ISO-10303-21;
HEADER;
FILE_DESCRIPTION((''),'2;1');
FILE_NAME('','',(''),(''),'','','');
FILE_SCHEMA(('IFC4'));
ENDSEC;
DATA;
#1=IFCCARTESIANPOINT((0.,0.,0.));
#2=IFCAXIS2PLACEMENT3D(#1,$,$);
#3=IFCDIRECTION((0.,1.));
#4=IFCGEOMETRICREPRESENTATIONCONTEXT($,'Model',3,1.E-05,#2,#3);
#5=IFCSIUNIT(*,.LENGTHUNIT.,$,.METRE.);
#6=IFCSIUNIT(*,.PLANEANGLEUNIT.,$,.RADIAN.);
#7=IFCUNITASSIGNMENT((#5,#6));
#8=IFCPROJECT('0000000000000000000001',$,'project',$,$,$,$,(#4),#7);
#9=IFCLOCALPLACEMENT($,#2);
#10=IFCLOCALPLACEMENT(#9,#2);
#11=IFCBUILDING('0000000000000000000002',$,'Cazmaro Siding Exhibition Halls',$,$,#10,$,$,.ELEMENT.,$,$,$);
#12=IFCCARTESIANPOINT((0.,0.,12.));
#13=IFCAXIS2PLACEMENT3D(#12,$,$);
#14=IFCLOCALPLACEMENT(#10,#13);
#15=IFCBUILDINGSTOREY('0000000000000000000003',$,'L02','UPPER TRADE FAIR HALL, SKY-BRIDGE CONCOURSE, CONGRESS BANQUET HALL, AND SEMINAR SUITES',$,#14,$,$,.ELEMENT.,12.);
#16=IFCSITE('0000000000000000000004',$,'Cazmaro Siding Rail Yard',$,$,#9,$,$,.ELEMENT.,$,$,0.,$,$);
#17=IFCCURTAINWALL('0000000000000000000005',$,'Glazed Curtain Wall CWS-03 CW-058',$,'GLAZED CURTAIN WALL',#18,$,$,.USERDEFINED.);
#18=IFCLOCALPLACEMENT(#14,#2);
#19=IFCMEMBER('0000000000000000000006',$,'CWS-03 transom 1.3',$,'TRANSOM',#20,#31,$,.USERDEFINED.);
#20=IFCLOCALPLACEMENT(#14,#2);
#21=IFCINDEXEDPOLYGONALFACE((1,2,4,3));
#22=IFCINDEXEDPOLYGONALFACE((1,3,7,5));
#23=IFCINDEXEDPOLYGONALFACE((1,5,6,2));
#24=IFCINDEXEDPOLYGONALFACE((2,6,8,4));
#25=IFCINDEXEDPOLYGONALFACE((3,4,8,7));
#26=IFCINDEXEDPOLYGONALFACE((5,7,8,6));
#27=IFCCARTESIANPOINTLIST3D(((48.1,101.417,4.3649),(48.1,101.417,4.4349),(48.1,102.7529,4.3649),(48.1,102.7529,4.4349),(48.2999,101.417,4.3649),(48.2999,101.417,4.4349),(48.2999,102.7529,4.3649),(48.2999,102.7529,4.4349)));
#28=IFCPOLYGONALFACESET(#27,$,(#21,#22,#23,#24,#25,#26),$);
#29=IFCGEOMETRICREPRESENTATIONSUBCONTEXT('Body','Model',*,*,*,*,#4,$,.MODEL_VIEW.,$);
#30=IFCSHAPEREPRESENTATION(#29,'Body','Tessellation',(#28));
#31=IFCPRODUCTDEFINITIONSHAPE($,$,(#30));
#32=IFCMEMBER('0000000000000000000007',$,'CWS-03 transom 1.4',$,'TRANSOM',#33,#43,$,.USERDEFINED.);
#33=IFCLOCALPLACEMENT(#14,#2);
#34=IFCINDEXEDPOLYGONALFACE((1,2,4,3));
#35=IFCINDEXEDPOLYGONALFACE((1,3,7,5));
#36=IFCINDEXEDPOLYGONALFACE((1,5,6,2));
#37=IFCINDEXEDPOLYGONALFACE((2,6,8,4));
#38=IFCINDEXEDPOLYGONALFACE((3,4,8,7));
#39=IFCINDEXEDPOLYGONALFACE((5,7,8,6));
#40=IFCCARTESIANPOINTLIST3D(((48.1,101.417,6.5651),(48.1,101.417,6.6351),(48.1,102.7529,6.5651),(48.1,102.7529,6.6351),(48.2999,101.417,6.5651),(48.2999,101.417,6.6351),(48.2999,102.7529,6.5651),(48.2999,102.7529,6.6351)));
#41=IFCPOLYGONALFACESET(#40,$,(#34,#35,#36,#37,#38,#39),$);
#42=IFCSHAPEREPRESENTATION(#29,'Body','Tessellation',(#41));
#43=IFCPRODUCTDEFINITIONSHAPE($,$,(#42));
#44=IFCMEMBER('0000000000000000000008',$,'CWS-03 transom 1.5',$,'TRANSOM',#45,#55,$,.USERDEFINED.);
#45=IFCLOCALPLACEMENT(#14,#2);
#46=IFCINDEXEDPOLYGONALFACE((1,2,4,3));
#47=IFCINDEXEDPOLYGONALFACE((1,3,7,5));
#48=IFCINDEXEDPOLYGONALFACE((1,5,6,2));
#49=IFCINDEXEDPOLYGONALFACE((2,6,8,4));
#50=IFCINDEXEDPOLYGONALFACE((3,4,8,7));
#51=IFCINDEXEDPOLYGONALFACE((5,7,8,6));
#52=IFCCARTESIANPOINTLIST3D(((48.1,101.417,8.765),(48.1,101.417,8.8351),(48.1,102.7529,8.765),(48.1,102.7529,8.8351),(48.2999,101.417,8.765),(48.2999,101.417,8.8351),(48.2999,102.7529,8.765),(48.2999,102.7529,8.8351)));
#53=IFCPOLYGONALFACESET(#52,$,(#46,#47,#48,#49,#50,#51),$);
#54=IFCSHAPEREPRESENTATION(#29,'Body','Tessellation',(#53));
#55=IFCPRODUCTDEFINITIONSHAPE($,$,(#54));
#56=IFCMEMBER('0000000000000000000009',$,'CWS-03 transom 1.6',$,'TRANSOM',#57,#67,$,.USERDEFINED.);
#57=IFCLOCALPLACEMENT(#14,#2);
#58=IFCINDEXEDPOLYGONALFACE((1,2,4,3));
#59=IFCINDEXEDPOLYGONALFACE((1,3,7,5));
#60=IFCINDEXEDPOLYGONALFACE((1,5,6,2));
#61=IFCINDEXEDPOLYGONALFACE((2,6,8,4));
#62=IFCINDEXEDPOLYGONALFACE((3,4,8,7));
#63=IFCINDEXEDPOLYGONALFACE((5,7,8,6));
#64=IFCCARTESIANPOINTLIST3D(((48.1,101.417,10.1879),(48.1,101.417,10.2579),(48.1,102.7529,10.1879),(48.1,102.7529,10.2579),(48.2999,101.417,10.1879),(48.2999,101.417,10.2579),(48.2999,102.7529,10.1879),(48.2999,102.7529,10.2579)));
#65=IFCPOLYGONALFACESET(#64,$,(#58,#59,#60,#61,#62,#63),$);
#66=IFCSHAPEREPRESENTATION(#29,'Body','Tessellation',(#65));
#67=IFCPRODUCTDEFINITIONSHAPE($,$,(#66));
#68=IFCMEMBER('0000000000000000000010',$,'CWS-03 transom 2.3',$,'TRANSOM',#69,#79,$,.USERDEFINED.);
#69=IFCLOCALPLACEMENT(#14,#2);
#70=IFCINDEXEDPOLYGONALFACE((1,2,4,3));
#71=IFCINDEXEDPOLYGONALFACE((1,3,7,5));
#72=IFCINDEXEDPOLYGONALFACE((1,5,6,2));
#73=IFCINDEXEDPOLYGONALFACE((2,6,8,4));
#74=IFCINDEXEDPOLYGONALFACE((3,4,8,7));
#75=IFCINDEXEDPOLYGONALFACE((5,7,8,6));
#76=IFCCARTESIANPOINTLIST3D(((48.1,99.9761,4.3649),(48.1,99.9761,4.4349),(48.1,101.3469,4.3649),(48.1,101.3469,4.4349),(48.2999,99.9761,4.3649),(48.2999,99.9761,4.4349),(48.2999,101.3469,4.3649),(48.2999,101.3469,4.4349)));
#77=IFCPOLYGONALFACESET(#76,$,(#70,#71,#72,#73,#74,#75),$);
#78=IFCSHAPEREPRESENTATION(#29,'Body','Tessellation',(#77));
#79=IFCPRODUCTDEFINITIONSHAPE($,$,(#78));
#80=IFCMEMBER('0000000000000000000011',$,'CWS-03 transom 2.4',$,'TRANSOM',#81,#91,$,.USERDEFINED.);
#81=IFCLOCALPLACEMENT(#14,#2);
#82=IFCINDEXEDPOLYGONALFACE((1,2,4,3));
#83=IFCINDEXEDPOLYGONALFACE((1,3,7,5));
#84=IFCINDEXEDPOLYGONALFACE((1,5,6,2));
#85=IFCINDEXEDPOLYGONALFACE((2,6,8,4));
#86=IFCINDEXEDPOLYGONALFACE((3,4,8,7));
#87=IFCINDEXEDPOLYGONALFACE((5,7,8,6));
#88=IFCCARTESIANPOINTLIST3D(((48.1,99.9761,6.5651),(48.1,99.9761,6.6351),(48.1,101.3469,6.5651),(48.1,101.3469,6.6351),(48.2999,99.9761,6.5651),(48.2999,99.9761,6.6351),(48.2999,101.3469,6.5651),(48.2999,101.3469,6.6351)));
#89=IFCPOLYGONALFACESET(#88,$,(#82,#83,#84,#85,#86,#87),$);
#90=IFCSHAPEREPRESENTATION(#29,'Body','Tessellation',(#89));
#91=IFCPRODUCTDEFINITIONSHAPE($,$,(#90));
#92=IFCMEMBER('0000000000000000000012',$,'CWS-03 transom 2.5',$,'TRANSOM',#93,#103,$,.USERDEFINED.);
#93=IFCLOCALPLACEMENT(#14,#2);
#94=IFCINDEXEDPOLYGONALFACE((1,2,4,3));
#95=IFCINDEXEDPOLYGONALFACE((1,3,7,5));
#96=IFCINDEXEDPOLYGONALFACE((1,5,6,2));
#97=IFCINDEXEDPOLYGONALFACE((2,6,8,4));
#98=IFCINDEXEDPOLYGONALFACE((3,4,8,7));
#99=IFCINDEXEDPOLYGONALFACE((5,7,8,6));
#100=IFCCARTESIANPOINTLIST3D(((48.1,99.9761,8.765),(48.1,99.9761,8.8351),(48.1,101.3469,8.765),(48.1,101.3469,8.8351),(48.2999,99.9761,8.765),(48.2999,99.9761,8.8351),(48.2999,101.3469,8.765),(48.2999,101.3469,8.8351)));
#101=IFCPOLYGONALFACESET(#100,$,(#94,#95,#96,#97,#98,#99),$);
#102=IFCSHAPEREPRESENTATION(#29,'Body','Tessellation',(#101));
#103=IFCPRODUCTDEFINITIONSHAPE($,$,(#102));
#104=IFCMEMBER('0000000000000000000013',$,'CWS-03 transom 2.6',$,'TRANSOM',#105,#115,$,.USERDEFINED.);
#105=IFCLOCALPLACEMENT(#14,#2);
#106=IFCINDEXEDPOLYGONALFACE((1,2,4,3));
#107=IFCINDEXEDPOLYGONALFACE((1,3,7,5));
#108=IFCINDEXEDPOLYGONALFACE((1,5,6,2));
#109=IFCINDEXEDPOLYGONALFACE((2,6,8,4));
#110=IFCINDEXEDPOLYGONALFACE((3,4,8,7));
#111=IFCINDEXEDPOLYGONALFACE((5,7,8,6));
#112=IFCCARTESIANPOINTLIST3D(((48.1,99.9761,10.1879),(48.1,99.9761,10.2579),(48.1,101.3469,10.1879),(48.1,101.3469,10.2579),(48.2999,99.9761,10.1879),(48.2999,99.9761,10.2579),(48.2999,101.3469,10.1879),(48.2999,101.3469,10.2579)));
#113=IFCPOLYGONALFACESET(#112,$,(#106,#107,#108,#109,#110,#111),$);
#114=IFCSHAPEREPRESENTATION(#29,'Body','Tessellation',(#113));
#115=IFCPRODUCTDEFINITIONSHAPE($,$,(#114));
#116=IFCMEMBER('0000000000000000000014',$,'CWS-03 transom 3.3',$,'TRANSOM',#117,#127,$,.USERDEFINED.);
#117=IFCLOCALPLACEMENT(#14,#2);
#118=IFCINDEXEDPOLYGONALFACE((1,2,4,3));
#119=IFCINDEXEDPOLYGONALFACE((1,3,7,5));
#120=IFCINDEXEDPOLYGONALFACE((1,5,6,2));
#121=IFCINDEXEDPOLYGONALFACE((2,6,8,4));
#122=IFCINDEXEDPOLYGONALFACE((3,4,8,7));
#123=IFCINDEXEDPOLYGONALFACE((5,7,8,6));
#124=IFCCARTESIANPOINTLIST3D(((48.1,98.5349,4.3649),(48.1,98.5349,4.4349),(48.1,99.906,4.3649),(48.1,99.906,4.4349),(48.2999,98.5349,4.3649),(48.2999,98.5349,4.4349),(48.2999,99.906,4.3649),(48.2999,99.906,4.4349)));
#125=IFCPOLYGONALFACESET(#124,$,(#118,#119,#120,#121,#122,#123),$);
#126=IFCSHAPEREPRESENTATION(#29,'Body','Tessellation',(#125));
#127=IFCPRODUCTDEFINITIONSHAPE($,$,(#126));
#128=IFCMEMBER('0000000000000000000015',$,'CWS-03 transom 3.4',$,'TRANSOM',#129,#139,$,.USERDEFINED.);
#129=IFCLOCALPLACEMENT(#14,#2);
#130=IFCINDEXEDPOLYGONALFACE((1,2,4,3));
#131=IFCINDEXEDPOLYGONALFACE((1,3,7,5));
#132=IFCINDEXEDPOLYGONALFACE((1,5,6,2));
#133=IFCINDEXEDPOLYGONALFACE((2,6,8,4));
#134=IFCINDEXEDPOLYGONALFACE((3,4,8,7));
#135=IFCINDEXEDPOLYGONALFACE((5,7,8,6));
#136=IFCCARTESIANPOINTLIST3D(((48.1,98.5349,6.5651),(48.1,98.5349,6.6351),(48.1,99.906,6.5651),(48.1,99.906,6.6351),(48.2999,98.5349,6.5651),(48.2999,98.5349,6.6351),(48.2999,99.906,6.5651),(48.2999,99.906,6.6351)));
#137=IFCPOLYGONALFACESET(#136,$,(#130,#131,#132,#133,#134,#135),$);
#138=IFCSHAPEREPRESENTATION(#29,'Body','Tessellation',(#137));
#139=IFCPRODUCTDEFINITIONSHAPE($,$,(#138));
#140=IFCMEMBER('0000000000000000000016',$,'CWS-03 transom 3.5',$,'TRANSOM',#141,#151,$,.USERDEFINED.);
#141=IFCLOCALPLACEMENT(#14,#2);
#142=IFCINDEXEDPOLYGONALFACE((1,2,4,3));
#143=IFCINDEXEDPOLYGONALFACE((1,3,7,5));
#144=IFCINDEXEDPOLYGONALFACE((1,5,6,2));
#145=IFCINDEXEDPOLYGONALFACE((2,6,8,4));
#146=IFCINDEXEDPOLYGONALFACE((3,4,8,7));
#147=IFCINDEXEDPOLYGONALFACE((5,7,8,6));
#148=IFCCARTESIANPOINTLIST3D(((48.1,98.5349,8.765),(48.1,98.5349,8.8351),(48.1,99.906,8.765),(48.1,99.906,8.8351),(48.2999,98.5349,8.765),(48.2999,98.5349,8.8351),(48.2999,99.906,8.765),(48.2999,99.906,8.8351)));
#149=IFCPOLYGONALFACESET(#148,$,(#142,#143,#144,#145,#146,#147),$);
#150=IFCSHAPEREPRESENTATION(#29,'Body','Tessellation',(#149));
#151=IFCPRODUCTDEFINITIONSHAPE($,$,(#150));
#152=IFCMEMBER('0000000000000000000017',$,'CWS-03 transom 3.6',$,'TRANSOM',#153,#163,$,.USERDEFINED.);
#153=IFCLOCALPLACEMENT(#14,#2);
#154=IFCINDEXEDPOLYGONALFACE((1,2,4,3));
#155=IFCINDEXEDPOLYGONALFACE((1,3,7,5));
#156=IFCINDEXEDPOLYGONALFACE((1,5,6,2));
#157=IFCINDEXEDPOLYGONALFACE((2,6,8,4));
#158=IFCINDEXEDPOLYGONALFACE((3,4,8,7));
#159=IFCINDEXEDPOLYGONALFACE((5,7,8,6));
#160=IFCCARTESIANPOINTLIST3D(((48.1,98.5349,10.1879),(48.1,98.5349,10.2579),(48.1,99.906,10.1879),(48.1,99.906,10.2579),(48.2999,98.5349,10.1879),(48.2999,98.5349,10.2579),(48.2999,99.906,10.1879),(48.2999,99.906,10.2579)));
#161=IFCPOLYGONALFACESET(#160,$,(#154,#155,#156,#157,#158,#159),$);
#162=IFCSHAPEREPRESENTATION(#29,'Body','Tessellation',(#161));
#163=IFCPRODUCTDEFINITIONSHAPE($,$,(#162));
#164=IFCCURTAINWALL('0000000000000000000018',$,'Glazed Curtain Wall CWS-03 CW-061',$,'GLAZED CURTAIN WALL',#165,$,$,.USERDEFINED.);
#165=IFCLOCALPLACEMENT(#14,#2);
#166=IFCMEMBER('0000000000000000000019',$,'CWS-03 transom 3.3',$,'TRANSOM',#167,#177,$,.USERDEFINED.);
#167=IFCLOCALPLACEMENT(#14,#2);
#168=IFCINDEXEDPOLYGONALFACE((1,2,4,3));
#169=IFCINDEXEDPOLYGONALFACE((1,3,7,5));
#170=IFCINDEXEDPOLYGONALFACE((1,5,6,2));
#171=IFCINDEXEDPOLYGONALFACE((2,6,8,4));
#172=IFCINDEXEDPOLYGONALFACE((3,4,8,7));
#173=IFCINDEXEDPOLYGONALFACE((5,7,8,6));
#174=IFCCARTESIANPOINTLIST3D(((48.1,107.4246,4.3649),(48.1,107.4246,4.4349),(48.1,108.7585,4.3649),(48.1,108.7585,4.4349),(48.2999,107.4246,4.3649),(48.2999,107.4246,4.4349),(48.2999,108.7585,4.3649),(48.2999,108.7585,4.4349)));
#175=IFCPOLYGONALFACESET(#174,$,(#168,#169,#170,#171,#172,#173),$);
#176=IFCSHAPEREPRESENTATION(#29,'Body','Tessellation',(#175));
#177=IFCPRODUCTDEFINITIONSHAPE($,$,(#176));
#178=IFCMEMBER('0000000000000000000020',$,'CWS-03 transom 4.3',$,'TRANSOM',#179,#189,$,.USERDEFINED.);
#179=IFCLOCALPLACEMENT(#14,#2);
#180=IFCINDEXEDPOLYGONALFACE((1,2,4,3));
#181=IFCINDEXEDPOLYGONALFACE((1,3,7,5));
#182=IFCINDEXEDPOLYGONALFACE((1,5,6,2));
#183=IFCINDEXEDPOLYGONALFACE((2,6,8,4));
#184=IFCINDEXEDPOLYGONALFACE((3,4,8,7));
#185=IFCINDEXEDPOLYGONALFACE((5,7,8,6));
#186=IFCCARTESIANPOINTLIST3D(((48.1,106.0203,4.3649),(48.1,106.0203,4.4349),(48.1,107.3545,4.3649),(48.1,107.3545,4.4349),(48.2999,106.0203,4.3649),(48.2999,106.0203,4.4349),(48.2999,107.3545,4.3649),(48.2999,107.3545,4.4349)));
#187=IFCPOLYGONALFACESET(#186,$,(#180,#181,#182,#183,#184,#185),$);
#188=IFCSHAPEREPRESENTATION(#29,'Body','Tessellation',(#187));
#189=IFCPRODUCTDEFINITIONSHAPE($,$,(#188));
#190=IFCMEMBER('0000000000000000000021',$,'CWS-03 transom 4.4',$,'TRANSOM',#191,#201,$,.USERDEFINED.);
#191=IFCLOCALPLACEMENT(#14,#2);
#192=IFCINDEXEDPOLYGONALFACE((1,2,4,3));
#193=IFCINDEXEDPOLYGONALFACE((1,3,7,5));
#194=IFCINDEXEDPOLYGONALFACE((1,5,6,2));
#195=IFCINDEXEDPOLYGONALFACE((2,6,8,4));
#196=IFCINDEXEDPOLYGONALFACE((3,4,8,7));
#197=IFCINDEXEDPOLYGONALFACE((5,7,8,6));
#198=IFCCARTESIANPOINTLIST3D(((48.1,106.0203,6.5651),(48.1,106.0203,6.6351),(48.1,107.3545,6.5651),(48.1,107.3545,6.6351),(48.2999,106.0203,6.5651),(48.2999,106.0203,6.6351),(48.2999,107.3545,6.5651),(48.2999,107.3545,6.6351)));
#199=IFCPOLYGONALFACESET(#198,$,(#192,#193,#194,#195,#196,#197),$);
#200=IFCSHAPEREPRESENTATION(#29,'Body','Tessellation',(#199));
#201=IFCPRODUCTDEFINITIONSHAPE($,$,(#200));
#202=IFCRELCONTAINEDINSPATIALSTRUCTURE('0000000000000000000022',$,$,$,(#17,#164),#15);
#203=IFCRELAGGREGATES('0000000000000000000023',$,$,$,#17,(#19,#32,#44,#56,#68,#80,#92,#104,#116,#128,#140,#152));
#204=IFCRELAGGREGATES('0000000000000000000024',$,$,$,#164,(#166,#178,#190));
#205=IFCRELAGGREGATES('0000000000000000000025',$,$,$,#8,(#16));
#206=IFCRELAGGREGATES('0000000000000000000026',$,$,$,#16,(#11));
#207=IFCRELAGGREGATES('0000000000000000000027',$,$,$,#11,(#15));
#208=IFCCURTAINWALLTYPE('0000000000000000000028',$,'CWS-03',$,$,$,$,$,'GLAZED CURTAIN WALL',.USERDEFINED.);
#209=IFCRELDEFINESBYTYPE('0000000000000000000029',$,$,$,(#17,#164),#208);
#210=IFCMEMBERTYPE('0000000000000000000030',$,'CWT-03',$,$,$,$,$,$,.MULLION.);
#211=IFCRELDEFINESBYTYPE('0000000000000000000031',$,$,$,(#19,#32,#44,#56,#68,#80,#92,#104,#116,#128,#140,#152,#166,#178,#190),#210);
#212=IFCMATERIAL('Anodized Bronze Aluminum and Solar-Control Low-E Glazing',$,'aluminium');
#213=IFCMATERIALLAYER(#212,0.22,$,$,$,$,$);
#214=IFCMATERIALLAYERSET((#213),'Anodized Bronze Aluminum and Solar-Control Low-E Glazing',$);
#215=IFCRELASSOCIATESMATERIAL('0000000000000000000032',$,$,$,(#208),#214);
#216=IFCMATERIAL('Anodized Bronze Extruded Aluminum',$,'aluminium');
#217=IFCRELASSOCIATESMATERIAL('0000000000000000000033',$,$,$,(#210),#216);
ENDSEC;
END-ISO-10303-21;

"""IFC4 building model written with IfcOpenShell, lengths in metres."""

from ifc_helpers import new_model, si_unit, direction, frame, origin, origin_2d, place, context, subcontext, project, spatial, rectangle, extrude, material, layer, layer_set, material_profile, profile_set, type_object, element, aggregate, save


model = new_model("IFC4")

# Units and contexts
model_context = context("Model", 3, precision=1e-05, world=origin(), true_north=direction((0.0, 1.0)))
body_context = subcontext(model_context, "Body", "Model", "MODEL_VIEW")
ifc_project = project(units=[si_unit("LENGTHUNIT", "METRE"), si_unit("PLANEANGLEUNIT", "RADIAN")], contexts=[model_context])

# Site, building, storey
site_placement = place(None, origin())
site = spatial("IfcSite", under=ifc_project, at=site_placement, Name="Cazmaro Siding Rail Yard", CompositionType="ELEMENT", RefElevation=0.0)
building_placement = place(site_placement, origin())
building = spatial("IfcBuilding", under=site, at=building_placement, Name="Cazmaro Siding Exhibition Halls", CompositionType="ELEMENT")
storey_placement = place(building_placement, frame((0.0, 0.0, 12.0)))
storey = spatial("IfcBuildingStorey", under=building, at=storey_placement, Name="L02", Description="UPPER TRADE FAIR HALL, SKY-BRIDGE CONCOURSE, CONGRESS BANQUET HALL, AND SEMINAR SUITES", CompositionType="ELEMENT", Elevation=12.0)

# Curtain walls, members
ifc_material_1 = material(Name="Anodized Bronze Aluminum and Solar-Control Low-E Glazing", Category="aluminium")
ifc_layer_1 = layer(ifc_material_1, 0.22)
ifc_layer_set_1 = layer_set([ifc_layer_1], Name="Anodized Bronze Aluminum and Solar-Control Low-E Glazing")
curtain_wall_type = type_object("IfcCurtainWallType", Name="CWS-03", ElementType="GLAZED CURTAIN WALL", PredefinedType="USERDEFINED", material=ifc_layer_set_1)
curtain_wall_1_placement = place(storey_placement, origin())
curtain_wall_1 = element("IfcCurtainWall", 1, at=curtain_wall_1_placement, inside=storey, type_object=curtain_wall_type, Name="Glazed Curtain Wall CWS-03 CW-058", ObjectType="GLAZED CURTAIN WALL", PredefinedType="USERDEFINED")
ifc_material_2 = material(Name="Anodized Bronze Extruded Aluminum", Category="aluminium")
ifc_material_profile = material_profile(ifc_material_2, rectangle(XDim=0.2, YDim=0.0701, at=origin_2d()), Name="CWT-03")
ifc_profile_set = profile_set([ifc_material_profile], Name="Anodized Bronze Extruded Aluminum")
member_type = type_object("IfcMemberType", Name="CWT-03", PredefinedType="MULLION", material=ifc_profile_set)
member_1_placement = place(storey_placement, frame((48.2, 102.7529, 4.3999), z_axis=(0.0, -1.0, 0.0), x_axis=(1.0, 0.0, 0.0)))
member_1 = element("IfcMember", 2, at=member_1_placement, type_object=member_type, Name="CWS-03 transom 1.3", ObjectType="TRANSOM", PredefinedType="USERDEFINED", context=body_context, shape_type="SweptSolid", body=[
    extrude(rectangle(XDim=0.2, YDim=0.0701, at=origin_2d()), origin(), (0.0, 0.0, 1.0), 1.3359),
])
member_2_placement = place(storey_placement, frame((48.2, 102.7529, 6.6001), z_axis=(0.0, -1.0, 0.0), x_axis=(1.0, 0.0, 0.0)))
member_2 = element("IfcMember", 3, at=member_2_placement, type_object=member_type, Name="CWS-03 transom 1.4", ObjectType="TRANSOM", PredefinedType="USERDEFINED", context=body_context, shape_type="SweptSolid", body=[
    extrude(rectangle(XDim=0.2, YDim=0.0701, at=origin_2d()), origin(), (0.0, 0.0, 1.0), 1.3359),
])
member_3_placement = place(storey_placement, frame((48.2, 102.7529, 8.8), z_axis=(0.0, -1.0, 0.0), x_axis=(1.0, 0.0, 0.0)))
member_3 = element("IfcMember", 4, at=member_3_placement, type_object=member_type, Name="CWS-03 transom 1.5", ObjectType="TRANSOM", PredefinedType="USERDEFINED", context=body_context, shape_type="SweptSolid", body=[
    extrude(rectangle(XDim=0.2, YDim=0.0701, at=origin_2d()), origin(), (0.0, 0.0, 1.0), 1.3359),
])
member_4_placement = place(storey_placement, frame((48.2, 102.7529, 10.2229), z_axis=(0.0, -1.0, 0.0), x_axis=(1.0, 0.0, 0.0)))
member_4 = element("IfcMember", 5, at=member_4_placement, type_object=member_type, Name="CWS-03 transom 1.6", ObjectType="TRANSOM", PredefinedType="USERDEFINED", context=body_context, shape_type="SweptSolid", body=[
    extrude(rectangle(XDim=0.2, YDim=0.0701, at=origin_2d()), origin(), (0.0, 0.0, 1.0), 1.3359),
])
member_5_placement = place(storey_placement, frame((48.2, 101.3469, 4.3999), z_axis=(0.0, -1.0, 0.0), x_axis=(1.0, 0.0, 0.0)))
member_5 = element("IfcMember", 6, at=member_5_placement, type_object=member_type, Name="CWS-03 transom 2.3", ObjectType="TRANSOM", PredefinedType="USERDEFINED", context=body_context, shape_type="SweptSolid", body=[
    extrude(rectangle(XDim=0.2, YDim=0.0701, at=origin_2d()), origin(), (0.0, 0.0, 1.0), 1.3708),
])
member_6_placement = place(storey_placement, frame((48.2, 101.3469, 6.6001), z_axis=(0.0, -1.0, 0.0), x_axis=(1.0, 0.0, 0.0)))
member_6 = element("IfcMember", 7, at=member_6_placement, type_object=member_type, Name="CWS-03 transom 2.4", ObjectType="TRANSOM", PredefinedType="USERDEFINED", context=body_context, shape_type="SweptSolid", body=[
    extrude(rectangle(XDim=0.2, YDim=0.0701, at=origin_2d()), origin(), (0.0, 0.0, 1.0), 1.3708),
])
member_7_placement = place(storey_placement, frame((48.2, 101.3469, 8.8), z_axis=(0.0, -1.0, 0.0), x_axis=(1.0, 0.0, 0.0)))
member_7 = element("IfcMember", 8, at=member_7_placement, type_object=member_type, Name="CWS-03 transom 2.5", ObjectType="TRANSOM", PredefinedType="USERDEFINED", context=body_context, shape_type="SweptSolid", body=[
    extrude(rectangle(XDim=0.2, YDim=0.0701, at=origin_2d()), origin(), (0.0, 0.0, 1.0), 1.3708),
])
member_8_placement = place(storey_placement, frame((48.2, 101.3469, 10.2229), z_axis=(0.0, -1.0, 0.0), x_axis=(1.0, 0.0, 0.0)))
member_8 = element("IfcMember", 9, at=member_8_placement, type_object=member_type, Name="CWS-03 transom 2.6", ObjectType="TRANSOM", PredefinedType="USERDEFINED", context=body_context, shape_type="SweptSolid", body=[
    extrude(rectangle(XDim=0.2, YDim=0.0701, at=origin_2d()), origin(), (0.0, 0.0, 1.0), 1.3708),
])
member_9_placement = place(storey_placement, frame((48.2, 99.906, 4.3999), z_axis=(0.0, -1.0, 0.0), x_axis=(1.0, 0.0, 0.0)))
member_9 = element("IfcMember", 10, at=member_9_placement, type_object=member_type, Name="CWS-03 transom 3.3", ObjectType="TRANSOM", PredefinedType="USERDEFINED", context=body_context, shape_type="SweptSolid", body=[
    extrude(rectangle(XDim=0.2, YDim=0.0701, at=origin_2d()), origin(), (0.0, 0.0, 1.0), 1.3711),
])
member_10_placement = place(storey_placement, frame((48.2, 99.906, 6.6001), z_axis=(0.0, -1.0, 0.0), x_axis=(1.0, 0.0, 0.0)))
member_10 = element("IfcMember", 11, at=member_10_placement, type_object=member_type, Name="CWS-03 transom 3.4", ObjectType="TRANSOM", PredefinedType="USERDEFINED", context=body_context, shape_type="SweptSolid", body=[
    extrude(rectangle(XDim=0.2, YDim=0.0701, at=origin_2d()), origin(), (0.0, 0.0, 1.0), 1.3711),
])
member_11_placement = place(storey_placement, frame((48.2, 99.906, 8.8), z_axis=(0.0, -1.0, 0.0), x_axis=(1.0, 0.0, 0.0)))
member_11 = element("IfcMember", 12, at=member_11_placement, type_object=member_type, Name="CWS-03 transom 3.5", ObjectType="TRANSOM", PredefinedType="USERDEFINED", context=body_context, shape_type="SweptSolid", body=[
    extrude(rectangle(XDim=0.2, YDim=0.0701, at=origin_2d()), origin(), (0.0, 0.0, 1.0), 1.3711),
])
member_12_placement = place(storey_placement, frame((48.2, 99.906, 10.2229), z_axis=(0.0, -1.0, 0.0), x_axis=(1.0, 0.0, 0.0)))
member_12 = element("IfcMember", 13, at=member_12_placement, type_object=member_type, Name="CWS-03 transom 3.6", ObjectType="TRANSOM", PredefinedType="USERDEFINED", context=body_context, shape_type="SweptSolid", body=[
    extrude(rectangle(XDim=0.2, YDim=0.0701, at=origin_2d()), origin(), (0.0, 0.0, 1.0), 1.3711),
])
curtain_wall_2_placement = place(storey_placement, origin())
curtain_wall_2 = element("IfcCurtainWall", 14, at=curtain_wall_2_placement, inside=storey, type_object=curtain_wall_type, Name="Glazed Curtain Wall CWS-03 CW-061", ObjectType="GLAZED CURTAIN WALL", PredefinedType="USERDEFINED")
member_13_placement = place(storey_placement, frame((48.2, 108.7585, 4.3999), z_axis=(0.0, -1.0, 0.0), x_axis=(1.0, 0.0, 0.0)))
member_13 = element("IfcMember", 15, at=member_13_placement, type_object=member_type, Name="CWS-03 transom 3.3", ObjectType="TRANSOM", PredefinedType="USERDEFINED", context=body_context, shape_type="SweptSolid", body=[
    extrude(rectangle(XDim=0.2, YDim=0.0701, at=origin_2d()), origin(), (0.0, 0.0, 1.0), 1.334),
])
member_14_placement = place(storey_placement, frame((48.2, 107.3545, 4.3999), z_axis=(0.0, -1.0, 0.0), x_axis=(1.0, 0.0, 0.0)))
member_14 = element("IfcMember", 16, at=member_14_placement, type_object=member_type, Name="CWS-03 transom 4.3", ObjectType="TRANSOM", PredefinedType="USERDEFINED", context=body_context, shape_type="SweptSolid", body=[
    extrude(rectangle(XDim=0.2, YDim=0.0701, at=origin_2d()), origin(), (0.0, 0.0, 1.0), 1.3342),
])
member_15_placement = place(storey_placement, frame((48.2, 107.3545, 6.6001), z_axis=(0.0, -1.0, 0.0), x_axis=(1.0, 0.0, 0.0)))
member_15 = element("IfcMember", 17, at=member_15_placement, type_object=member_type, Name="CWS-03 transom 4.4", ObjectType="TRANSOM", PredefinedType="USERDEFINED", context=body_context, shape_type="SweptSolid", body=[
    extrude(rectangle(XDim=0.2, YDim=0.0701, at=origin_2d()), origin(), (0.0, 0.0, 1.0), 1.3342),
])

aggregate(curtain_wall_1, [member_1, member_2, member_3, member_4, member_5, member_6, member_7, member_8, member_9, member_10, member_11, member_12])
aggregate(curtain_wall_2, [member_13, member_14, member_15])

save(model, "model.ifc")
